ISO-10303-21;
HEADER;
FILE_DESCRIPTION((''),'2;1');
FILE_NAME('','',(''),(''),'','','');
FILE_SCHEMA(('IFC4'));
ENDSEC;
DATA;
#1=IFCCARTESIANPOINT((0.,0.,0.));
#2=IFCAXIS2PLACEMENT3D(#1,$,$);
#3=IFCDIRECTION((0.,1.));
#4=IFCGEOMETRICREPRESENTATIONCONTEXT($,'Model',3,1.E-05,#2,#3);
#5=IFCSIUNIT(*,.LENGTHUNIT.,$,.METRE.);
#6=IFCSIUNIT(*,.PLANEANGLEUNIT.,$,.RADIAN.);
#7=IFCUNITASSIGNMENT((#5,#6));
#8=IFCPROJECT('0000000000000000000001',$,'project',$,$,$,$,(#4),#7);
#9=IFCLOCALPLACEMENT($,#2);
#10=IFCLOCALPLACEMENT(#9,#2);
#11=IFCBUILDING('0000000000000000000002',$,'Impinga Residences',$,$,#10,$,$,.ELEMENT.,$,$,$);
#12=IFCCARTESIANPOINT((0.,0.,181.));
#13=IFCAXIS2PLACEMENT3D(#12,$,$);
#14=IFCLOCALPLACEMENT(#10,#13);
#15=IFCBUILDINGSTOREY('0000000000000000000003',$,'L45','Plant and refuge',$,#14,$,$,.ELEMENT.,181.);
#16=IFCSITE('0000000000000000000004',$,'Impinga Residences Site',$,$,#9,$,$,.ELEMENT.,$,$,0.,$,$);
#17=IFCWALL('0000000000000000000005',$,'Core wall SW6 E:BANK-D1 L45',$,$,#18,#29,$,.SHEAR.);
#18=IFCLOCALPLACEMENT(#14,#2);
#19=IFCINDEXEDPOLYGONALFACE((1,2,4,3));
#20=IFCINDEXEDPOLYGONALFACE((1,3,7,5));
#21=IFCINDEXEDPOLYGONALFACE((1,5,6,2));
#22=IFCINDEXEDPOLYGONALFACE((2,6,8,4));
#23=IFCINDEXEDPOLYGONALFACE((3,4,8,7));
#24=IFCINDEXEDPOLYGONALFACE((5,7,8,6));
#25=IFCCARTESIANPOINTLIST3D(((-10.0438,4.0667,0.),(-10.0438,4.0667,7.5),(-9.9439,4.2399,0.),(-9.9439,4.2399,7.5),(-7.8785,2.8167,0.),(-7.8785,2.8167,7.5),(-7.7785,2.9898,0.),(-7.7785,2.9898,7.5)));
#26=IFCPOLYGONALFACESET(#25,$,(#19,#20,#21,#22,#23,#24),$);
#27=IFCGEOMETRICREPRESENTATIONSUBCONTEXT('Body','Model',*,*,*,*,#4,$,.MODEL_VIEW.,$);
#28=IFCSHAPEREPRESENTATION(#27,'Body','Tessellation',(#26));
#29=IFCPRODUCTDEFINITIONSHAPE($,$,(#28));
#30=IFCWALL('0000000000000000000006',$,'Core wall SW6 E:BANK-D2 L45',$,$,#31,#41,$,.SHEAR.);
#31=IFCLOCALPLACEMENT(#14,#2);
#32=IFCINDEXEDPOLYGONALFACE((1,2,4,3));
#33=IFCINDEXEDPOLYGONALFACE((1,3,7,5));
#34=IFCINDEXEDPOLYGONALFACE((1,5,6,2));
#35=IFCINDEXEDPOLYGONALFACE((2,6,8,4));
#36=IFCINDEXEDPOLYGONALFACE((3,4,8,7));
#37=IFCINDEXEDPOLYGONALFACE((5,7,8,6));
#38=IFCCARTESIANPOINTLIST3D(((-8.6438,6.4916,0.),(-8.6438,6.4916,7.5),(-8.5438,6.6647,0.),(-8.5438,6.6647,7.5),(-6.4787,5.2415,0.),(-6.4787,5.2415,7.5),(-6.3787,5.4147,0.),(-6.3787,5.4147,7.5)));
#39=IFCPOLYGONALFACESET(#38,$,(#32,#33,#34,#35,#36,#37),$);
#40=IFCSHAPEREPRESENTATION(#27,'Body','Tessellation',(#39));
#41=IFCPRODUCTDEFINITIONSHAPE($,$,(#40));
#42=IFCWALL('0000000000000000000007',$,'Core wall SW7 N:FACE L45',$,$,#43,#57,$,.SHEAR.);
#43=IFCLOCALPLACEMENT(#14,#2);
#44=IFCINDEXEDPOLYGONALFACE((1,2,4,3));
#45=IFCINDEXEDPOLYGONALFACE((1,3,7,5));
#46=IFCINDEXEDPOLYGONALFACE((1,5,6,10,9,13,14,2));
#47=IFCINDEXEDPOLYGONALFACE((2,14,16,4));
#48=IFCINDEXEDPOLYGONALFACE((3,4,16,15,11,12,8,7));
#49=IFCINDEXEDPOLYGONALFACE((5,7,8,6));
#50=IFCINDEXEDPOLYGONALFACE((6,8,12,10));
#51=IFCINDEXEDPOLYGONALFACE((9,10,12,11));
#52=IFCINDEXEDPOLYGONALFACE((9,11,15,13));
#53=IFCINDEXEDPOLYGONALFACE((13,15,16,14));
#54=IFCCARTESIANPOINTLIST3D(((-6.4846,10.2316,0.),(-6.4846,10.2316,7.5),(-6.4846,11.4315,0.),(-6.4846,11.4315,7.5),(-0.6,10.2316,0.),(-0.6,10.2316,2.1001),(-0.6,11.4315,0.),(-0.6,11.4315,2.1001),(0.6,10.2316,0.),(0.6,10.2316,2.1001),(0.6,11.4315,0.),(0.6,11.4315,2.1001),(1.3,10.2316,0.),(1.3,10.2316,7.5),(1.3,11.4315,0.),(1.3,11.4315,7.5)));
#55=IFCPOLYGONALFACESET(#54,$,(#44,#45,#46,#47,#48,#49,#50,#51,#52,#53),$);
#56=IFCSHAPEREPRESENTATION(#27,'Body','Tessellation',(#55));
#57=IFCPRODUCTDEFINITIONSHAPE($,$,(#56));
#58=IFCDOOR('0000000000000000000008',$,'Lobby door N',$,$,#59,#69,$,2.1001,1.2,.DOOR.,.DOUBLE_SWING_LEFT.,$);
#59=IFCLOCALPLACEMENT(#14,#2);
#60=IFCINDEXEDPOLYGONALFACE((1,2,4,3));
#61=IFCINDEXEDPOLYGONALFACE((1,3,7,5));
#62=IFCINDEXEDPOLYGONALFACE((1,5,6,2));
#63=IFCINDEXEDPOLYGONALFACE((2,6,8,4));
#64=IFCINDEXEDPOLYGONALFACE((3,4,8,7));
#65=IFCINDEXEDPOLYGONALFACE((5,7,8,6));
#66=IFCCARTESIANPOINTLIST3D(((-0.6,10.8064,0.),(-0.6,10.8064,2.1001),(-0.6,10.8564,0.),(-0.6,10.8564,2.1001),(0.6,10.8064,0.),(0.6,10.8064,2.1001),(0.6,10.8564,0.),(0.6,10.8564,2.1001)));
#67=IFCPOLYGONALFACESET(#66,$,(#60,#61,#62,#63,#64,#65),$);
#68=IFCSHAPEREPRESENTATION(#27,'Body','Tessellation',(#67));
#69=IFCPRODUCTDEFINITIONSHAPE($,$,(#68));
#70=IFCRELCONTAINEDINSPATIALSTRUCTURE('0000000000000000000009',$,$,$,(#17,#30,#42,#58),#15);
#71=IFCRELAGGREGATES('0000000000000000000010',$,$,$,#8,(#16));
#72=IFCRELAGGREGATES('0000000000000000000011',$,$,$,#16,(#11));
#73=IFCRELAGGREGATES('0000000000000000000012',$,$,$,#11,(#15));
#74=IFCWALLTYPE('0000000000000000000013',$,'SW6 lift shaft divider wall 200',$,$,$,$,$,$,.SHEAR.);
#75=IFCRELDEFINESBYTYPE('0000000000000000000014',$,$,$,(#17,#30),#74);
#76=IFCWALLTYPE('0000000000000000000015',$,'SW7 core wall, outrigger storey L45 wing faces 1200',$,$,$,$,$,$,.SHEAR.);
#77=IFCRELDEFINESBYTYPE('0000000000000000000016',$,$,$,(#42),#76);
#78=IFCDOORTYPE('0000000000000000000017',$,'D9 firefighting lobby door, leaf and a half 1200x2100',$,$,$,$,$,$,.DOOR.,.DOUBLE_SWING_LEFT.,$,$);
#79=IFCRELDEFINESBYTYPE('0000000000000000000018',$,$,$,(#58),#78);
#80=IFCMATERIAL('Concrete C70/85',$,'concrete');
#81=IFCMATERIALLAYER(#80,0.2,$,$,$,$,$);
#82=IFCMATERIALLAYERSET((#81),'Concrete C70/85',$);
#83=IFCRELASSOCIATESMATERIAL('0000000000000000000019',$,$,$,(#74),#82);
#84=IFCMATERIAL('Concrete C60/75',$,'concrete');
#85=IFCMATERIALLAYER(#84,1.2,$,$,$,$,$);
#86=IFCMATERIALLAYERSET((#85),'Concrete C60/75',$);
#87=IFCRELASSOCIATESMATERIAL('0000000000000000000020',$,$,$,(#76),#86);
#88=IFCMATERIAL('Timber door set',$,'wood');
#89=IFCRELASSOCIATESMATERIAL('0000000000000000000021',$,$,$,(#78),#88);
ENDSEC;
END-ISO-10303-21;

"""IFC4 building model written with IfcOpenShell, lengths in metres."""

from ifc_helpers import new_model, si_unit, direction, frame, frame_2d, origin, place, context, subcontext, project, spatial, rectangle, extrude, material, layer, layer_set, type_object, element, fill, save


model = new_model("IFC4")

# Units and contexts
model_context = context("Model", 3, precision=1e-05, world=origin(), true_north=direction((0.0, 1.0)))
body_context = subcontext(model_context, "Body", "Model", "MODEL_VIEW")
ifc_project = project(units=[si_unit("LENGTHUNIT", "METRE"), si_unit("PLANEANGLEUNIT", "RADIAN")], contexts=[model_context])

# Site, building, storey
site_placement = place(None, origin())
site = spatial("IfcSite", under=ifc_project, at=site_placement, Name="Impinga Residences Site", CompositionType="ELEMENT", RefElevation=0.0)
building_placement = place(site_placement, origin())
building = spatial("IfcBuilding", under=site, at=building_placement, Name="Impinga Residences", CompositionType="ELEMENT")
storey_placement = place(building_placement, frame((0.0, 0.0, 181.0)))
storey = spatial("IfcBuildingStorey", under=building, at=storey_placement, Name="L45", Description="Plant and refuge", CompositionType="ELEMENT", Elevation=181.0)

# Shared definitions
ifc_material_1 = material(Name="Timber door set", Category="wood")
ifc_material_2 = material(Name="Concrete C60/75", Category="concrete")

# Shared definitions
ifc_material_3 = material(Name="Concrete C70/85", Category="concrete")

# Walls
ifc_layer_1 = layer(ifc_material_3, 0.2)
ifc_layer_set_1 = layer_set([ifc_layer_1], Name="Concrete C70/85")
wall_type_1 = type_object("IfcWallType", Name="SW6 lift shaft divider wall 200", PredefinedType="SHEAR", material=ifc_layer_set_1)
wall_1_placement = place(storey_placement, frame((-7.8286, 2.9033, 0.0), z_axis=(0.0, 0.0, 1.0), x_axis=(-0.866047, 0.499962, 0.0)))
element("IfcWall", 1, at=wall_1_placement, inside=storey, type_object=wall_type_1, Name="Core wall SW6 E:BANK-D1 L45", PredefinedType="SHEAR", context=body_context, shape_type="SweptSolid", body=[
    extrude(rectangle(XDim=2.5002, YDim=0.2, at=frame_2d((1.25, 0.0))), origin(), (0.0, 0.0, 1.0), 7.5),
])
wall_2_placement = place(storey_placement, frame((-6.4287, 5.3281, 0.0), z_axis=(0.0, 0.0, 1.0), x_axis=(-0.866023, 0.500004, 0.0)))
element("IfcWall", 2, at=wall_2_placement, inside=storey, type_object=wall_type_1, Name="Core wall SW6 E:BANK-D2 L45", PredefinedType="SHEAR", context=body_context, shape_type="SweptSolid", body=[
    extrude(rectangle(XDim=2.5, YDim=0.2, at=frame_2d((1.25, 0.0))), origin(), (0.0, 0.0, 1.0), 7.5),
])

# Wall, opening, door
ifc_layer_2 = layer(ifc_material_2, 1.2)
ifc_layer_set_2 = layer_set([ifc_layer_2], Name="Concrete C60/75")
wall_type_2 = type_object("IfcWallType", Name="SW7 core wall, outrigger storey L45 wing faces 1200", PredefinedType="SHEAR", material=ifc_layer_set_2)
wall_3_placement = place(storey_placement, frame((-6.4846, 10.8315, 0.0), z_axis=(0.0, 0.0, 1.0), x_axis=(1.0, 0.0, 0.0)))
wall_3 = element("IfcWall", 3, at=wall_3_placement, inside=storey, type_object=wall_type_2, Name="Core wall SW7 N:FACE L45", PredefinedType="SHEAR", context=body_context, shape_type="SweptSolid", body=[
    extrude(rectangle(XDim=7.7847, YDim=1.2, at=frame_2d((3.8923, 0.0))), origin(), (0.0, 0.0, 1.0), 7.5),
])
opening_1_placement = place(wall_3_placement, frame((5.8845, 0.0, 0.0)))
opening_1 = element("IfcOpeningElement", 4, at=opening_1_placement, cuts=wall_3, PredefinedType="OPENING", context=body_context, shape_type="SweptSolid", body=[
    extrude(rectangle(XDim=1.2, YDim=2.1001, at=frame_2d((0.6001, 1.05))), frame((0.0, 0.6099, 0.0), z_axis=(0.0, -1.0, 0.0), x_axis=(1.0, 0.0, 0.0)), (0.0, 0.0, 1.0), 1.22),
])
door_type_1 = type_object("IfcDoorType", Name="D9 firefighting lobby door, leaf and a half 1200x2100", OperationType="DOUBLE_SWING_LEFT", PredefinedType="DOOR", material=ifc_material_1)
door_1_placement = place(opening_1_placement, origin())
door_1 = element("IfcDoor", 5, at=door_1_placement, inside=storey, type_object=door_type_1, Name="Lobby door N", OperationType="DOUBLE_SWING_LEFT", OverallHeight=2.1001, OverallWidth=1.2, PredefinedType="DOOR", context=body_context, shape_type="SweptSolid", body=[
    extrude(rectangle(XDim=1.2, YDim=2.1001, at=frame_2d((0.6001, 1.05))), frame((0.0, 0.0249, 0.0), z_axis=(0.0, -1.0, 0.0), x_axis=(1.0, 0.0, 0.0)), (0.0, 0.0, 1.0), 0.05),
])
fill(opening_1, door_1)

save(model, "model.ifc")
